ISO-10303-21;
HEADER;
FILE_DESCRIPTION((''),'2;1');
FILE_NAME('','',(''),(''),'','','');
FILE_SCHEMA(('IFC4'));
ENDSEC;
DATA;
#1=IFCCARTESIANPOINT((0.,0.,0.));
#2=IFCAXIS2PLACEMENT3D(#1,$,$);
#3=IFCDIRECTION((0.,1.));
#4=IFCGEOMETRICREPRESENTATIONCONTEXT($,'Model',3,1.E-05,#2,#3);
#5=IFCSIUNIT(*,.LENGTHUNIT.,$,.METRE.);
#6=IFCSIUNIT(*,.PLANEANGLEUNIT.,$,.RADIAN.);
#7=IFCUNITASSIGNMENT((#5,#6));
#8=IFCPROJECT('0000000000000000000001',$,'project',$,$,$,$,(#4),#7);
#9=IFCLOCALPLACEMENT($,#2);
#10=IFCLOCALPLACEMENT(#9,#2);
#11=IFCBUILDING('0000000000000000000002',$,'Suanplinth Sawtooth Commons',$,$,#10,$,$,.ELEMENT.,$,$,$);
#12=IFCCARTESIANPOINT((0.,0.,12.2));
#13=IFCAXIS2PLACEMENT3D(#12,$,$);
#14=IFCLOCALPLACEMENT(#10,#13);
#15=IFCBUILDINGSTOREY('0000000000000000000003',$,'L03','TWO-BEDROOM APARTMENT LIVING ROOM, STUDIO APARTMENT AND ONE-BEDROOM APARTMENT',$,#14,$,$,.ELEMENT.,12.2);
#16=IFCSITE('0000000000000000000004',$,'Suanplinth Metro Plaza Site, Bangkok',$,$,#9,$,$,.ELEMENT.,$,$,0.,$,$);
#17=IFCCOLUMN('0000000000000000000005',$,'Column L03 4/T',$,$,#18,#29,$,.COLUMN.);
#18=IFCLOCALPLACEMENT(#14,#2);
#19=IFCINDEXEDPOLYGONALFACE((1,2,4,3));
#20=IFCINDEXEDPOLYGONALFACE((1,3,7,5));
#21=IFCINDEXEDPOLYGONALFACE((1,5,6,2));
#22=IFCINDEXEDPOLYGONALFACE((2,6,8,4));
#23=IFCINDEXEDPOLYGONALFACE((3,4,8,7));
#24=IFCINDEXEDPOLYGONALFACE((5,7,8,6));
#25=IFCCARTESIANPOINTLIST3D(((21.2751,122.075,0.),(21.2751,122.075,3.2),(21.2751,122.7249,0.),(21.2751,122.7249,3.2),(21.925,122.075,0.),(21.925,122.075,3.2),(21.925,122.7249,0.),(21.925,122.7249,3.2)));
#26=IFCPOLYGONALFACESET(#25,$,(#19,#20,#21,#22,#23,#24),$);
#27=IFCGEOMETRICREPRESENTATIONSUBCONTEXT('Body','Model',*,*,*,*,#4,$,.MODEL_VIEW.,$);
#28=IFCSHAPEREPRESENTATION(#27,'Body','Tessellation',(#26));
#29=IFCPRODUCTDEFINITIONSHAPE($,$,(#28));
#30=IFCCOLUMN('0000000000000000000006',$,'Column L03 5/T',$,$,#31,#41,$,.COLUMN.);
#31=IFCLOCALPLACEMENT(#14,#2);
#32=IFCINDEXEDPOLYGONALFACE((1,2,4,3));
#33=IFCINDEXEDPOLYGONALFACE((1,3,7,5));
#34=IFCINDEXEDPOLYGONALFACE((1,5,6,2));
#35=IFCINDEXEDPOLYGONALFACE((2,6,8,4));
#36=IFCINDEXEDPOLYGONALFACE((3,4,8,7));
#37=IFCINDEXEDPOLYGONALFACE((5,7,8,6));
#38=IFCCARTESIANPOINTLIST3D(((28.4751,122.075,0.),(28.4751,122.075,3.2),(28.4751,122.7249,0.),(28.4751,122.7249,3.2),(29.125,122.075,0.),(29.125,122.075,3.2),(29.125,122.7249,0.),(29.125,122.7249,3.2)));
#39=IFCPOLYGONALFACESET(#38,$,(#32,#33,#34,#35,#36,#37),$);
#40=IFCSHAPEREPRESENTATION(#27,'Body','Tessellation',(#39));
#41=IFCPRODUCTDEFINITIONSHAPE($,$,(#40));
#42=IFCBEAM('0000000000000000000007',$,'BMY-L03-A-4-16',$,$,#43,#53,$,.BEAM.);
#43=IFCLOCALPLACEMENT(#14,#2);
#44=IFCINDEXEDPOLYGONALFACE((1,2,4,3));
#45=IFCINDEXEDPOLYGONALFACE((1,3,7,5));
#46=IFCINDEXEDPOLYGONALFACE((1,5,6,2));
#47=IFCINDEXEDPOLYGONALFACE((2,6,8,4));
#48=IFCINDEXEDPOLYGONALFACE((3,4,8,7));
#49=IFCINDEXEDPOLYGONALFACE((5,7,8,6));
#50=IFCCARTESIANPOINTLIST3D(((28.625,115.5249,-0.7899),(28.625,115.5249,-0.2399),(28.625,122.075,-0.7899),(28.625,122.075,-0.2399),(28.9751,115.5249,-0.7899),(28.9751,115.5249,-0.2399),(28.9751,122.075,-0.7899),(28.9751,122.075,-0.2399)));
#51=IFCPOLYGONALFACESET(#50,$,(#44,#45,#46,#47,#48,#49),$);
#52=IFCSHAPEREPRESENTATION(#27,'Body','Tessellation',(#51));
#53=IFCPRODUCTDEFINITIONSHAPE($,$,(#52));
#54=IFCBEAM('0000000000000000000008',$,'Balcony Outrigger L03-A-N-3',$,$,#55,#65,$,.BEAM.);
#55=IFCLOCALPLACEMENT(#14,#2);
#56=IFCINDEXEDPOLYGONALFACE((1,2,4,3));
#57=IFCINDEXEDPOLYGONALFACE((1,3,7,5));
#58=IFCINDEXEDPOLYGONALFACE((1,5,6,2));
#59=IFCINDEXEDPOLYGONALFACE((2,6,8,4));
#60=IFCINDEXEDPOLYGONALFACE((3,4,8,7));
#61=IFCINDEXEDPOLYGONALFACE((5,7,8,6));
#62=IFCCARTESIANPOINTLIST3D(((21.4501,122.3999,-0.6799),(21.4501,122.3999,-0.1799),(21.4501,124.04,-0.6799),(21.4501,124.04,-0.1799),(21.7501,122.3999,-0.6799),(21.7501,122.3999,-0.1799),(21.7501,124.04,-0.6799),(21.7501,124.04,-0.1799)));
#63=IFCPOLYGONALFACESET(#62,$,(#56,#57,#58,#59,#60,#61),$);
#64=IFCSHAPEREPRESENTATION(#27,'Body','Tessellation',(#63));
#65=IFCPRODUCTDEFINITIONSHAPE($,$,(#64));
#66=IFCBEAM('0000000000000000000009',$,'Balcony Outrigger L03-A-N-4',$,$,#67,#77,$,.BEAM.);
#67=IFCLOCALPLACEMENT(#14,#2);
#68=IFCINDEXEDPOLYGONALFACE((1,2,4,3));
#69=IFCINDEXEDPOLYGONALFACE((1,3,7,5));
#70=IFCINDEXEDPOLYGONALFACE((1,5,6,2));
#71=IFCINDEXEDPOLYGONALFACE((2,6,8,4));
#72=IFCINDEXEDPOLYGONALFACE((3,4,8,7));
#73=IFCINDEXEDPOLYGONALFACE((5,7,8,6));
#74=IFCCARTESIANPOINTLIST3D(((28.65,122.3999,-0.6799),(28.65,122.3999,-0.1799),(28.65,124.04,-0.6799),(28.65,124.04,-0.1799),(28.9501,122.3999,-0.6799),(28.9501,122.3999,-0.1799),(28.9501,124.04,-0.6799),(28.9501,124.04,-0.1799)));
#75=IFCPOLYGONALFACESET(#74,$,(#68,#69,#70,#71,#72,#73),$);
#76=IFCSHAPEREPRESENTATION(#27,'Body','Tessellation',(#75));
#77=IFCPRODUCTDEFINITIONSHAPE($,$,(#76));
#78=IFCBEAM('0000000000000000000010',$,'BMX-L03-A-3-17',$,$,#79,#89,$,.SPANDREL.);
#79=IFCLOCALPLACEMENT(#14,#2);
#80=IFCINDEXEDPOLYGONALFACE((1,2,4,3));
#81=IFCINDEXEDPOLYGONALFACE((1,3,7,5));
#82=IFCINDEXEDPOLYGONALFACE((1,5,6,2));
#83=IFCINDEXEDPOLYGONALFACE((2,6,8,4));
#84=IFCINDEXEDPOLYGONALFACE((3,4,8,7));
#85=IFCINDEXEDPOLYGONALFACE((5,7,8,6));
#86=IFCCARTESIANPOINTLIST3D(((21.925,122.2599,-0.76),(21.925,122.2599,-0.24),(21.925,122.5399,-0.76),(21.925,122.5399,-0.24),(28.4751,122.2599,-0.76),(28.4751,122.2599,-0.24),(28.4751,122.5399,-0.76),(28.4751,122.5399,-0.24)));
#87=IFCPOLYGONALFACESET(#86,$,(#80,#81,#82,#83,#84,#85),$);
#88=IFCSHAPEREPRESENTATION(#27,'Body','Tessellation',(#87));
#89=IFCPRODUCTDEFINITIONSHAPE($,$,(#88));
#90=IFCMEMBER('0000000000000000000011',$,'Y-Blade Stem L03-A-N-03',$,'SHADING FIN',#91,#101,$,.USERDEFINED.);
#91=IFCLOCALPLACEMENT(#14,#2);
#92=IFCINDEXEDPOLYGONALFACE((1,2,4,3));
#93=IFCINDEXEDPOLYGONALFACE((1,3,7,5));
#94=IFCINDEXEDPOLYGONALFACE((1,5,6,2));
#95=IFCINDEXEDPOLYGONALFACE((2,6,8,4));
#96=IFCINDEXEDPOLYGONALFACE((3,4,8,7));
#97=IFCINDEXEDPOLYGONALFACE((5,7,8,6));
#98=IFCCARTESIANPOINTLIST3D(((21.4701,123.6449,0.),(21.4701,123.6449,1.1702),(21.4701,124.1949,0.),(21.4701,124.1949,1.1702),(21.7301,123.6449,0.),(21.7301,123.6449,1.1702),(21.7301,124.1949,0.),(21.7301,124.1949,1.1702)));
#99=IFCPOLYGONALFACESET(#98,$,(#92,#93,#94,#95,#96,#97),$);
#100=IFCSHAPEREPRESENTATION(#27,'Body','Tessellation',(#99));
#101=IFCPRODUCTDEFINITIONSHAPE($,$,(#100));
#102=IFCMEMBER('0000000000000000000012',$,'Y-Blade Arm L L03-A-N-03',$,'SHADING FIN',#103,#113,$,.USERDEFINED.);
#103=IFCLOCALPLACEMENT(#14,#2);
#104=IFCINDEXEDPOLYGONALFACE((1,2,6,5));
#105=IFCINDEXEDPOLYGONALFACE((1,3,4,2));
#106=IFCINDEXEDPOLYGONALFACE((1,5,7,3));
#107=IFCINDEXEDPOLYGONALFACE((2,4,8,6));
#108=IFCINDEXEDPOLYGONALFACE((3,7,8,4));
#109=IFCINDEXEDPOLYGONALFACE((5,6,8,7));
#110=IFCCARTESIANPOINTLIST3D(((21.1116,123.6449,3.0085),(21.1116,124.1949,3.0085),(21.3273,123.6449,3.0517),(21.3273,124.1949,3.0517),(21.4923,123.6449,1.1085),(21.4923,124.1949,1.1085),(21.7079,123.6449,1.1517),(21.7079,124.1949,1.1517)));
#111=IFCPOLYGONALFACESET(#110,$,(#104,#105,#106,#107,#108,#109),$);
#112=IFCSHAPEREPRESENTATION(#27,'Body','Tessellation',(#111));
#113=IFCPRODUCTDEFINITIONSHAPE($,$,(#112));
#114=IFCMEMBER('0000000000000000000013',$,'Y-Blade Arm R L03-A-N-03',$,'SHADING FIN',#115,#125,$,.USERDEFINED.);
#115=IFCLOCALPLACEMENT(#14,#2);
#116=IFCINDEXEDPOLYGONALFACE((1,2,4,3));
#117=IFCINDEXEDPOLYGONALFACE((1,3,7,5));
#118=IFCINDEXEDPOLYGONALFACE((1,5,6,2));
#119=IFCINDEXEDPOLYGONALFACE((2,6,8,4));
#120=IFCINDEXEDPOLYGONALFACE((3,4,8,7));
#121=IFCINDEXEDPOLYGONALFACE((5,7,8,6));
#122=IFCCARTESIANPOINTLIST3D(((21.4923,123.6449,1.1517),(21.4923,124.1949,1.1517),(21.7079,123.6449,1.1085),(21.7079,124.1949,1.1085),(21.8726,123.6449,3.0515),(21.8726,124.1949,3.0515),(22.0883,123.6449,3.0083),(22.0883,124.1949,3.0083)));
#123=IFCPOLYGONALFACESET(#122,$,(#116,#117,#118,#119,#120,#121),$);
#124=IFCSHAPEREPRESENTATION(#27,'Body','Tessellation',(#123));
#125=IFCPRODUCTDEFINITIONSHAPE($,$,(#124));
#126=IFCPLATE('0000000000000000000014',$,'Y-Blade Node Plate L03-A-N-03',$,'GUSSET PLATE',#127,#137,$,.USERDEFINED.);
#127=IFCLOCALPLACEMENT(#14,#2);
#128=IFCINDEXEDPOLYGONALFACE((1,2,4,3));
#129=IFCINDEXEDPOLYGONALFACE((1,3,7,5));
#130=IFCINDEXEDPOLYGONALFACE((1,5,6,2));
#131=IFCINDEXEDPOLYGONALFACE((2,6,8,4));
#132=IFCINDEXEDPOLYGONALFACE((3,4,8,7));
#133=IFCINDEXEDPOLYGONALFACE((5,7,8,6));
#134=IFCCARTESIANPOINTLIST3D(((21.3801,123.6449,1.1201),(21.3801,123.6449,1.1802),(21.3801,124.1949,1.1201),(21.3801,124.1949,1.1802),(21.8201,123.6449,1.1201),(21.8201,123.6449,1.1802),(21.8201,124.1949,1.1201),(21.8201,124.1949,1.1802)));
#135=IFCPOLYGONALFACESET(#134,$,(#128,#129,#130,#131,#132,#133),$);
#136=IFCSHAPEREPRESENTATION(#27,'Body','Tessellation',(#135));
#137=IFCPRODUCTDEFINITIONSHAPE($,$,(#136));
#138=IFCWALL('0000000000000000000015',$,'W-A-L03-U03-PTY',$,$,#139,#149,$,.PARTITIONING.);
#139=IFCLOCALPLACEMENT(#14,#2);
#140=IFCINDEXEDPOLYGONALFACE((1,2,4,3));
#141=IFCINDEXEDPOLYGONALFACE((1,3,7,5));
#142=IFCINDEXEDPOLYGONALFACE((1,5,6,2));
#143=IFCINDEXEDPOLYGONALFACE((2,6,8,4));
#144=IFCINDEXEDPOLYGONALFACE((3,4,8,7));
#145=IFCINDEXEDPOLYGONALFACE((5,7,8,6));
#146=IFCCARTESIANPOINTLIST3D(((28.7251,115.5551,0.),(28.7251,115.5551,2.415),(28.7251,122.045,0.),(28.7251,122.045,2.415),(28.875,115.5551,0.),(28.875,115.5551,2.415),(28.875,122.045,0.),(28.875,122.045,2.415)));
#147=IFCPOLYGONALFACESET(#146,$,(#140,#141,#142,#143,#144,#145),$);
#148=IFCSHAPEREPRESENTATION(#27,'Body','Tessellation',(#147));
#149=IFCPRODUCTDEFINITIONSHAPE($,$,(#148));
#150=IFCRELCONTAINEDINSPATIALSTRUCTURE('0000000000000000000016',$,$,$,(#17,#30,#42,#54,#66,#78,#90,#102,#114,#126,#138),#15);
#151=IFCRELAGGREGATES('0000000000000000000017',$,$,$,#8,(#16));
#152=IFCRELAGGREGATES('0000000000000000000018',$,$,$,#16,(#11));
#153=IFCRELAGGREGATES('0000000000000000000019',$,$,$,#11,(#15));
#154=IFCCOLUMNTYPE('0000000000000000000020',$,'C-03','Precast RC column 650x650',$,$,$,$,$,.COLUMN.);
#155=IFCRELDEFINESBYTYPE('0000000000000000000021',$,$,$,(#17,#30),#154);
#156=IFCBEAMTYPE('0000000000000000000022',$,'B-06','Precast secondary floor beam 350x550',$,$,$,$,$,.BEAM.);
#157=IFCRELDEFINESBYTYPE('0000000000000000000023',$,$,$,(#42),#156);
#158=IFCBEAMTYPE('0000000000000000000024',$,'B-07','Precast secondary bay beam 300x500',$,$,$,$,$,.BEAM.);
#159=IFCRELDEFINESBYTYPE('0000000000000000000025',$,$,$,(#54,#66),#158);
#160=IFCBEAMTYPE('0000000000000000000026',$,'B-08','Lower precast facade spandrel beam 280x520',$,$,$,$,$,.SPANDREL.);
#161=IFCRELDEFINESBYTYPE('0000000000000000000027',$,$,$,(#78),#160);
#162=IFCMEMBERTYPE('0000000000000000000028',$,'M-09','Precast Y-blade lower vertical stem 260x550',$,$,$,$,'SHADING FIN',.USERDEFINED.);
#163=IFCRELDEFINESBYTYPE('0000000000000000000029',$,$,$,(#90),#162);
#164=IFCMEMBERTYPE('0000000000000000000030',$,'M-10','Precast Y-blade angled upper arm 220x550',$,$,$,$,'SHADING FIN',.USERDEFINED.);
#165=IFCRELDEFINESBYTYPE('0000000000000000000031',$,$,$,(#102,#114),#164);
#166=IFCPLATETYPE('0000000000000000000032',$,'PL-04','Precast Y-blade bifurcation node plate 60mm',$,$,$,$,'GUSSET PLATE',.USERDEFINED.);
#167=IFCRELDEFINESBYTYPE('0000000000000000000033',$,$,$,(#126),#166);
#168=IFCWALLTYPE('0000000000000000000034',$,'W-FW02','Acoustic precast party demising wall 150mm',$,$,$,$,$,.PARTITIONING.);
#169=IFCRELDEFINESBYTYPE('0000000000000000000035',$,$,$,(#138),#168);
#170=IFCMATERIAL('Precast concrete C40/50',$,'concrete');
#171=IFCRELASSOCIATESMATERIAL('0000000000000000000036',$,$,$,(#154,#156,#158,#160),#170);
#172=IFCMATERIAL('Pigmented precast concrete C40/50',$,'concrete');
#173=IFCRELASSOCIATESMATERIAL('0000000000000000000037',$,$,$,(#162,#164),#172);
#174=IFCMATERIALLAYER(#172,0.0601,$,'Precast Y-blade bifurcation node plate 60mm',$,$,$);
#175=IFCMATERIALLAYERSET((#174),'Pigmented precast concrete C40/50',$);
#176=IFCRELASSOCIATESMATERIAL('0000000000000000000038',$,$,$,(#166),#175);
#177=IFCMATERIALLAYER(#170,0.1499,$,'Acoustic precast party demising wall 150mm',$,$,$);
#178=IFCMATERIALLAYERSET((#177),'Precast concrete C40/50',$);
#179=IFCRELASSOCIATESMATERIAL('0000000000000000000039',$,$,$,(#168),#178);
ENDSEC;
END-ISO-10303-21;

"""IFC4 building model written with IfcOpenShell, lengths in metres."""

from ifc_helpers import new_model, si_unit, direction, frame, frame_2d, origin, origin_2d, place, context, subcontext, project, spatial, rectangle, extrude, material, layer, layer_set, material_profile, profile_set, type_object, element, save


model = new_model("IFC4")

# Units and contexts
model_context = context("Model", 3, precision=1e-05, world=origin(), true_north=direction((0.0, 1.0)))
body_context = subcontext(model_context, "Body", "Model", "MODEL_VIEW")
ifc_project = project(units=[si_unit("LENGTHUNIT", "METRE"), si_unit("PLANEANGLEUNIT", "RADIAN")], contexts=[model_context])

# Site, building, storey
site_placement = place(None, origin())
site = spatial("IfcSite", under=ifc_project, at=site_placement, Name="Suanplinth Metro Plaza Site, Bangkok", CompositionType="ELEMENT", RefElevation=0.0)
building_placement = place(site_placement, origin())
building = spatial("IfcBuilding", under=site, at=building_placement, Name="Suanplinth Sawtooth Commons", CompositionType="ELEMENT")
storey_placement = place(building_placement, frame((0.0, 0.0, 12.2)))
storey = spatial("IfcBuildingStorey", under=building, at=storey_placement, Name="L03", Description="TWO-BEDROOM APARTMENT LIVING ROOM, STUDIO APARTMENT AND ONE-BEDROOM APARTMENT", CompositionType="ELEMENT", Elevation=12.2)

# Columns
ifc_material_1 = material(Name="Precast concrete C40/50", Category="concrete")
ifc_material_profile_1 = material_profile(ifc_material_1, rectangle(XDim=0.6499, YDim=0.6499, at=origin_2d()), Name="PC-COL 650x650")
ifc_profile_set_1 = profile_set([ifc_material_profile_1], Name="Precast concrete C40/50")
column_type = type_object("IfcColumnType", Name="C-03", Description="Precast RC column 650x650", PredefinedType="COLUMN", material=ifc_profile_set_1)
for number, where, z_axis, x_axis, name in (
    (1, (21.6001, 122.3999, 0.0), (0.0, 0.0, 1.0), (1.0, 0.0, 0.0), "Column L03 4/T"),
    (2, (28.8, 122.3999, 0.0), (0.0, 0.0, 1.0), (1.0, 0.0, 0.0), "Column L03 5/T"),
):
    element("IfcColumn", number, at=place(storey_placement, frame(where, z_axis=z_axis, x_axis=x_axis)), inside=storey, type_object=column_type, Name=name, PredefinedType="COLUMN", context=body_context, shape_type="SweptSolid", body=[
        extrude(rectangle(XDim=0.6499, YDim=0.6499, at=origin_2d()), origin(), (0.0, 0.0, 1.0), 3.2),
    ])

# Beams
ifc_material_profile_2 = material_profile(ifc_material_1, rectangle(XDim=0.3501, YDim=0.55, at=origin_2d()), Name="PC-BM 350x550")
ifc_profile_set_2 = profile_set([ifc_material_profile_2], Name="Precast concrete C40/50")
beam_type_1 = type_object("IfcBeamType", Name="B-06", Description="Precast secondary floor beam 350x550", PredefinedType="BEAM", material=ifc_profile_set_2)
beam_1_placement = place(storey_placement, frame((28.8, 115.5249, -0.5149), z_axis=(0.0, 1.0, 0.0), x_axis=(-1.0, 0.0, 0.0)))
element("IfcBeam", 3, at=beam_1_placement, inside=storey, type_object=beam_type_1, Name="BMY-L03-A-4-16", PredefinedType="BEAM", context=body_context, shape_type="SweptSolid", body=[
    extrude(rectangle(XDim=0.3501, YDim=0.55, at=origin_2d()), origin(), (0.0, 0.0, 1.0), 6.55),
])
ifc_material_profile_3 = material_profile(ifc_material_1, rectangle(XDim=0.3, YDim=0.5, at=origin_2d()), Name="PC-BM 300x500")
ifc_profile_set_3 = profile_set([ifc_material_profile_3], Name="Precast concrete C40/50")
beam_type_2 = type_object("IfcBeamType", Name="B-07", Description="Precast secondary bay beam 300x500", PredefinedType="BEAM", material=ifc_profile_set_3)
for number, where, z_axis, x_axis, name in (
    (4, (21.6001, 122.3999, -0.4299), (0.0, 1.0, 0.0), (-1.0, 0.0, 0.0), "Balcony Outrigger L03-A-N-3"),
    (5, (28.8, 122.3999, -0.4299), (0.0, 1.0, 0.0), (-1.0, 0.0, 0.0), "Balcony Outrigger L03-A-N-4"),
):
    element("IfcBeam", number, at=place(storey_placement, frame(where, z_axis=z_axis, x_axis=x_axis)), inside=storey, type_object=beam_type_2, Name=name, PredefinedType="BEAM", context=body_context, shape_type="SweptSolid", body=[
        extrude(rectangle(XDim=0.3, YDim=0.5, at=origin_2d()), origin(), (0.0, 0.0, 1.0), 1.6401),
    ])
ifc_material_profile_4 = material_profile(ifc_material_1, rectangle(XDim=0.28, YDim=0.52, at=origin_2d()), Name="PC-SP 280x520")
ifc_profile_set_4 = profile_set([ifc_material_profile_4], Name="Precast concrete C40/50")
beam_type_3 = type_object("IfcBeamType", Name="B-08", Description="Lower precast facade spandrel beam 280x520", PredefinedType="SPANDREL", material=ifc_profile_set_4)
beam_2_placement = place(storey_placement, frame((21.925, 122.3999, -0.5), z_axis=(1.0, 0.0, 0.0), x_axis=(0.0, 1.0, 0.0)))
element("IfcBeam", 6, at=beam_2_placement, inside=storey, type_object=beam_type_3, Name="BMX-L03-A-3-17", PredefinedType="SPANDREL", context=body_context, shape_type="SweptSolid", body=[
    extrude(rectangle(XDim=0.28, YDim=0.52, at=origin_2d()), origin(), (0.0, 0.0, 1.0), 6.55),
])

# Members
ifc_material_2 = material(Name="Pigmented precast concrete C40/50", Category="concrete")
ifc_material_profile_5 = material_profile(ifc_material_2, rectangle(XDim=0.26, YDim=0.55, at=origin_2d()), Name="PC-FIN 260x550")
ifc_profile_set_5 = profile_set([ifc_material_profile_5], Name="Pigmented precast concrete C40/50")
member_type_1 = type_object("IfcMemberType", Name="M-09", Description="Precast Y-blade lower vertical stem 260x550", ElementType="SHADING FIN", PredefinedType="USERDEFINED", material=ifc_profile_set_5)
member_1_placement = place(storey_placement, frame((21.6001, 123.9199, 0.0), z_axis=(0.0, 0.0, 1.0), x_axis=(1.0, 0.0, 0.0)))
element("IfcMember", 7, at=member_1_placement, inside=storey, type_object=member_type_1, Name="Y-Blade Stem L03-A-N-03", ObjectType="SHADING FIN", PredefinedType="USERDEFINED", context=body_context, shape_type="SweptSolid", body=[
    extrude(rectangle(XDim=0.26, YDim=0.55, at=origin_2d()), origin(), (0.0, 0.0, 1.0), 1.1702),
])
ifc_material_profile_6 = material_profile(ifc_material_2, rectangle(XDim=0.22, YDim=0.55, at=origin_2d()), Name="PC-FIN 220x550")
ifc_profile_set_6 = profile_set([ifc_material_profile_6], Name="Pigmented precast concrete C40/50")
member_type_2 = type_object("IfcMemberType", Name="M-10", Description="Precast Y-blade angled upper arm 220x550", ElementType="SHADING FIN", PredefinedType="USERDEFINED", material=ifc_profile_set_6)
member_2_placement = place(storey_placement, frame((21.6001, 123.9199, 1.1301), z_axis=(-0.196431, 0.0, 0.980518), x_axis=(0.980518, 0.0, 0.196431)))
element("IfcMember", 8, at=member_2_placement, inside=storey, type_object=member_type_2, Name="Y-Blade Arm L L03-A-N-03", ObjectType="SHADING FIN", PredefinedType="USERDEFINED", context=body_context, shape_type="SweptSolid", body=[
    extrude(rectangle(XDim=0.22, YDim=0.55, at=origin_2d()), origin(), (0.0, 0.0, 1.0), 1.9377),
])
member_3_placement = place(storey_placement, frame((21.6001, 123.9199, 1.1301), z_axis=(0.19631, 0.0, 0.980542), x_axis=(-0.980542, 0.0, 0.19631)))
element("IfcMember", 9, at=member_3_placement, inside=storey, type_object=member_type_2, Name="Y-Blade Arm R L03-A-N-03", ObjectType="SHADING FIN", PredefinedType="USERDEFINED", context=body_context, shape_type="SweptSolid", body=[
    extrude(rectangle(XDim=0.22, YDim=0.55, at=origin_2d()), origin(), (0.0, 0.0, 1.0), 1.9375),
])

# Plate
ifc_layer_1 = layer(ifc_material_2, 0.0601, Name="Precast Y-blade bifurcation node plate 60mm")
ifc_layer_set_1 = layer_set([ifc_layer_1], Name="Pigmented precast concrete C40/50")
plate_type = type_object("IfcPlateType", Name="PL-04", Description="Precast Y-blade bifurcation node plate 60mm", ElementType="GUSSET PLATE", PredefinedType="USERDEFINED", material=ifc_layer_set_1)
plate_placement = place(storey_placement, frame((21.6001, 123.9199, 1.1201), z_axis=(0.0, 0.0, 1.0), x_axis=(1.0, 0.0, 0.0)))
element("IfcPlate", 10, at=plate_placement, inside=storey, type_object=plate_type, Name="Y-Blade Node Plate L03-A-N-03", ObjectType="GUSSET PLATE", PredefinedType="USERDEFINED", context=body_context, shape_type="SweptSolid", body=[
    extrude(rectangle(XDim=0.4399, YDim=0.55, at=origin_2d()), origin(), (0.0, 0.0, 1.0), 0.0601),
])

# Wall
ifc_layer_2 = layer(ifc_material_1, 0.1499, Name="Acoustic precast party demising wall 150mm")
ifc_layer_set_2 = layer_set([ifc_layer_2], Name="Precast concrete C40/50")
wall_type_1 = type_object("IfcWallType", Name="W-FW02", Description="Acoustic precast party demising wall 150mm", PredefinedType="PARTITIONING", material=ifc_layer_set_2)
wall_1_placement = place(storey_placement, frame((28.8, 115.5549, 0.0), z_axis=(0.0, 0.0, 1.0), x_axis=(0.0, 1.0, 0.0)))
element("IfcWall", 11, at=wall_1_placement, inside=storey, type_object=wall_type_1, Name="W-A-L03-U03-PTY", PredefinedType="PARTITIONING", context=body_context, shape_type="SweptSolid", body=[
    extrude(rectangle(XDim=6.49, YDim=0.1499, at=frame_2d((3.2451, 0.0))), origin(), (0.0, 0.0, 1.0), 2.415),
])

save(model, "model.ifc")
